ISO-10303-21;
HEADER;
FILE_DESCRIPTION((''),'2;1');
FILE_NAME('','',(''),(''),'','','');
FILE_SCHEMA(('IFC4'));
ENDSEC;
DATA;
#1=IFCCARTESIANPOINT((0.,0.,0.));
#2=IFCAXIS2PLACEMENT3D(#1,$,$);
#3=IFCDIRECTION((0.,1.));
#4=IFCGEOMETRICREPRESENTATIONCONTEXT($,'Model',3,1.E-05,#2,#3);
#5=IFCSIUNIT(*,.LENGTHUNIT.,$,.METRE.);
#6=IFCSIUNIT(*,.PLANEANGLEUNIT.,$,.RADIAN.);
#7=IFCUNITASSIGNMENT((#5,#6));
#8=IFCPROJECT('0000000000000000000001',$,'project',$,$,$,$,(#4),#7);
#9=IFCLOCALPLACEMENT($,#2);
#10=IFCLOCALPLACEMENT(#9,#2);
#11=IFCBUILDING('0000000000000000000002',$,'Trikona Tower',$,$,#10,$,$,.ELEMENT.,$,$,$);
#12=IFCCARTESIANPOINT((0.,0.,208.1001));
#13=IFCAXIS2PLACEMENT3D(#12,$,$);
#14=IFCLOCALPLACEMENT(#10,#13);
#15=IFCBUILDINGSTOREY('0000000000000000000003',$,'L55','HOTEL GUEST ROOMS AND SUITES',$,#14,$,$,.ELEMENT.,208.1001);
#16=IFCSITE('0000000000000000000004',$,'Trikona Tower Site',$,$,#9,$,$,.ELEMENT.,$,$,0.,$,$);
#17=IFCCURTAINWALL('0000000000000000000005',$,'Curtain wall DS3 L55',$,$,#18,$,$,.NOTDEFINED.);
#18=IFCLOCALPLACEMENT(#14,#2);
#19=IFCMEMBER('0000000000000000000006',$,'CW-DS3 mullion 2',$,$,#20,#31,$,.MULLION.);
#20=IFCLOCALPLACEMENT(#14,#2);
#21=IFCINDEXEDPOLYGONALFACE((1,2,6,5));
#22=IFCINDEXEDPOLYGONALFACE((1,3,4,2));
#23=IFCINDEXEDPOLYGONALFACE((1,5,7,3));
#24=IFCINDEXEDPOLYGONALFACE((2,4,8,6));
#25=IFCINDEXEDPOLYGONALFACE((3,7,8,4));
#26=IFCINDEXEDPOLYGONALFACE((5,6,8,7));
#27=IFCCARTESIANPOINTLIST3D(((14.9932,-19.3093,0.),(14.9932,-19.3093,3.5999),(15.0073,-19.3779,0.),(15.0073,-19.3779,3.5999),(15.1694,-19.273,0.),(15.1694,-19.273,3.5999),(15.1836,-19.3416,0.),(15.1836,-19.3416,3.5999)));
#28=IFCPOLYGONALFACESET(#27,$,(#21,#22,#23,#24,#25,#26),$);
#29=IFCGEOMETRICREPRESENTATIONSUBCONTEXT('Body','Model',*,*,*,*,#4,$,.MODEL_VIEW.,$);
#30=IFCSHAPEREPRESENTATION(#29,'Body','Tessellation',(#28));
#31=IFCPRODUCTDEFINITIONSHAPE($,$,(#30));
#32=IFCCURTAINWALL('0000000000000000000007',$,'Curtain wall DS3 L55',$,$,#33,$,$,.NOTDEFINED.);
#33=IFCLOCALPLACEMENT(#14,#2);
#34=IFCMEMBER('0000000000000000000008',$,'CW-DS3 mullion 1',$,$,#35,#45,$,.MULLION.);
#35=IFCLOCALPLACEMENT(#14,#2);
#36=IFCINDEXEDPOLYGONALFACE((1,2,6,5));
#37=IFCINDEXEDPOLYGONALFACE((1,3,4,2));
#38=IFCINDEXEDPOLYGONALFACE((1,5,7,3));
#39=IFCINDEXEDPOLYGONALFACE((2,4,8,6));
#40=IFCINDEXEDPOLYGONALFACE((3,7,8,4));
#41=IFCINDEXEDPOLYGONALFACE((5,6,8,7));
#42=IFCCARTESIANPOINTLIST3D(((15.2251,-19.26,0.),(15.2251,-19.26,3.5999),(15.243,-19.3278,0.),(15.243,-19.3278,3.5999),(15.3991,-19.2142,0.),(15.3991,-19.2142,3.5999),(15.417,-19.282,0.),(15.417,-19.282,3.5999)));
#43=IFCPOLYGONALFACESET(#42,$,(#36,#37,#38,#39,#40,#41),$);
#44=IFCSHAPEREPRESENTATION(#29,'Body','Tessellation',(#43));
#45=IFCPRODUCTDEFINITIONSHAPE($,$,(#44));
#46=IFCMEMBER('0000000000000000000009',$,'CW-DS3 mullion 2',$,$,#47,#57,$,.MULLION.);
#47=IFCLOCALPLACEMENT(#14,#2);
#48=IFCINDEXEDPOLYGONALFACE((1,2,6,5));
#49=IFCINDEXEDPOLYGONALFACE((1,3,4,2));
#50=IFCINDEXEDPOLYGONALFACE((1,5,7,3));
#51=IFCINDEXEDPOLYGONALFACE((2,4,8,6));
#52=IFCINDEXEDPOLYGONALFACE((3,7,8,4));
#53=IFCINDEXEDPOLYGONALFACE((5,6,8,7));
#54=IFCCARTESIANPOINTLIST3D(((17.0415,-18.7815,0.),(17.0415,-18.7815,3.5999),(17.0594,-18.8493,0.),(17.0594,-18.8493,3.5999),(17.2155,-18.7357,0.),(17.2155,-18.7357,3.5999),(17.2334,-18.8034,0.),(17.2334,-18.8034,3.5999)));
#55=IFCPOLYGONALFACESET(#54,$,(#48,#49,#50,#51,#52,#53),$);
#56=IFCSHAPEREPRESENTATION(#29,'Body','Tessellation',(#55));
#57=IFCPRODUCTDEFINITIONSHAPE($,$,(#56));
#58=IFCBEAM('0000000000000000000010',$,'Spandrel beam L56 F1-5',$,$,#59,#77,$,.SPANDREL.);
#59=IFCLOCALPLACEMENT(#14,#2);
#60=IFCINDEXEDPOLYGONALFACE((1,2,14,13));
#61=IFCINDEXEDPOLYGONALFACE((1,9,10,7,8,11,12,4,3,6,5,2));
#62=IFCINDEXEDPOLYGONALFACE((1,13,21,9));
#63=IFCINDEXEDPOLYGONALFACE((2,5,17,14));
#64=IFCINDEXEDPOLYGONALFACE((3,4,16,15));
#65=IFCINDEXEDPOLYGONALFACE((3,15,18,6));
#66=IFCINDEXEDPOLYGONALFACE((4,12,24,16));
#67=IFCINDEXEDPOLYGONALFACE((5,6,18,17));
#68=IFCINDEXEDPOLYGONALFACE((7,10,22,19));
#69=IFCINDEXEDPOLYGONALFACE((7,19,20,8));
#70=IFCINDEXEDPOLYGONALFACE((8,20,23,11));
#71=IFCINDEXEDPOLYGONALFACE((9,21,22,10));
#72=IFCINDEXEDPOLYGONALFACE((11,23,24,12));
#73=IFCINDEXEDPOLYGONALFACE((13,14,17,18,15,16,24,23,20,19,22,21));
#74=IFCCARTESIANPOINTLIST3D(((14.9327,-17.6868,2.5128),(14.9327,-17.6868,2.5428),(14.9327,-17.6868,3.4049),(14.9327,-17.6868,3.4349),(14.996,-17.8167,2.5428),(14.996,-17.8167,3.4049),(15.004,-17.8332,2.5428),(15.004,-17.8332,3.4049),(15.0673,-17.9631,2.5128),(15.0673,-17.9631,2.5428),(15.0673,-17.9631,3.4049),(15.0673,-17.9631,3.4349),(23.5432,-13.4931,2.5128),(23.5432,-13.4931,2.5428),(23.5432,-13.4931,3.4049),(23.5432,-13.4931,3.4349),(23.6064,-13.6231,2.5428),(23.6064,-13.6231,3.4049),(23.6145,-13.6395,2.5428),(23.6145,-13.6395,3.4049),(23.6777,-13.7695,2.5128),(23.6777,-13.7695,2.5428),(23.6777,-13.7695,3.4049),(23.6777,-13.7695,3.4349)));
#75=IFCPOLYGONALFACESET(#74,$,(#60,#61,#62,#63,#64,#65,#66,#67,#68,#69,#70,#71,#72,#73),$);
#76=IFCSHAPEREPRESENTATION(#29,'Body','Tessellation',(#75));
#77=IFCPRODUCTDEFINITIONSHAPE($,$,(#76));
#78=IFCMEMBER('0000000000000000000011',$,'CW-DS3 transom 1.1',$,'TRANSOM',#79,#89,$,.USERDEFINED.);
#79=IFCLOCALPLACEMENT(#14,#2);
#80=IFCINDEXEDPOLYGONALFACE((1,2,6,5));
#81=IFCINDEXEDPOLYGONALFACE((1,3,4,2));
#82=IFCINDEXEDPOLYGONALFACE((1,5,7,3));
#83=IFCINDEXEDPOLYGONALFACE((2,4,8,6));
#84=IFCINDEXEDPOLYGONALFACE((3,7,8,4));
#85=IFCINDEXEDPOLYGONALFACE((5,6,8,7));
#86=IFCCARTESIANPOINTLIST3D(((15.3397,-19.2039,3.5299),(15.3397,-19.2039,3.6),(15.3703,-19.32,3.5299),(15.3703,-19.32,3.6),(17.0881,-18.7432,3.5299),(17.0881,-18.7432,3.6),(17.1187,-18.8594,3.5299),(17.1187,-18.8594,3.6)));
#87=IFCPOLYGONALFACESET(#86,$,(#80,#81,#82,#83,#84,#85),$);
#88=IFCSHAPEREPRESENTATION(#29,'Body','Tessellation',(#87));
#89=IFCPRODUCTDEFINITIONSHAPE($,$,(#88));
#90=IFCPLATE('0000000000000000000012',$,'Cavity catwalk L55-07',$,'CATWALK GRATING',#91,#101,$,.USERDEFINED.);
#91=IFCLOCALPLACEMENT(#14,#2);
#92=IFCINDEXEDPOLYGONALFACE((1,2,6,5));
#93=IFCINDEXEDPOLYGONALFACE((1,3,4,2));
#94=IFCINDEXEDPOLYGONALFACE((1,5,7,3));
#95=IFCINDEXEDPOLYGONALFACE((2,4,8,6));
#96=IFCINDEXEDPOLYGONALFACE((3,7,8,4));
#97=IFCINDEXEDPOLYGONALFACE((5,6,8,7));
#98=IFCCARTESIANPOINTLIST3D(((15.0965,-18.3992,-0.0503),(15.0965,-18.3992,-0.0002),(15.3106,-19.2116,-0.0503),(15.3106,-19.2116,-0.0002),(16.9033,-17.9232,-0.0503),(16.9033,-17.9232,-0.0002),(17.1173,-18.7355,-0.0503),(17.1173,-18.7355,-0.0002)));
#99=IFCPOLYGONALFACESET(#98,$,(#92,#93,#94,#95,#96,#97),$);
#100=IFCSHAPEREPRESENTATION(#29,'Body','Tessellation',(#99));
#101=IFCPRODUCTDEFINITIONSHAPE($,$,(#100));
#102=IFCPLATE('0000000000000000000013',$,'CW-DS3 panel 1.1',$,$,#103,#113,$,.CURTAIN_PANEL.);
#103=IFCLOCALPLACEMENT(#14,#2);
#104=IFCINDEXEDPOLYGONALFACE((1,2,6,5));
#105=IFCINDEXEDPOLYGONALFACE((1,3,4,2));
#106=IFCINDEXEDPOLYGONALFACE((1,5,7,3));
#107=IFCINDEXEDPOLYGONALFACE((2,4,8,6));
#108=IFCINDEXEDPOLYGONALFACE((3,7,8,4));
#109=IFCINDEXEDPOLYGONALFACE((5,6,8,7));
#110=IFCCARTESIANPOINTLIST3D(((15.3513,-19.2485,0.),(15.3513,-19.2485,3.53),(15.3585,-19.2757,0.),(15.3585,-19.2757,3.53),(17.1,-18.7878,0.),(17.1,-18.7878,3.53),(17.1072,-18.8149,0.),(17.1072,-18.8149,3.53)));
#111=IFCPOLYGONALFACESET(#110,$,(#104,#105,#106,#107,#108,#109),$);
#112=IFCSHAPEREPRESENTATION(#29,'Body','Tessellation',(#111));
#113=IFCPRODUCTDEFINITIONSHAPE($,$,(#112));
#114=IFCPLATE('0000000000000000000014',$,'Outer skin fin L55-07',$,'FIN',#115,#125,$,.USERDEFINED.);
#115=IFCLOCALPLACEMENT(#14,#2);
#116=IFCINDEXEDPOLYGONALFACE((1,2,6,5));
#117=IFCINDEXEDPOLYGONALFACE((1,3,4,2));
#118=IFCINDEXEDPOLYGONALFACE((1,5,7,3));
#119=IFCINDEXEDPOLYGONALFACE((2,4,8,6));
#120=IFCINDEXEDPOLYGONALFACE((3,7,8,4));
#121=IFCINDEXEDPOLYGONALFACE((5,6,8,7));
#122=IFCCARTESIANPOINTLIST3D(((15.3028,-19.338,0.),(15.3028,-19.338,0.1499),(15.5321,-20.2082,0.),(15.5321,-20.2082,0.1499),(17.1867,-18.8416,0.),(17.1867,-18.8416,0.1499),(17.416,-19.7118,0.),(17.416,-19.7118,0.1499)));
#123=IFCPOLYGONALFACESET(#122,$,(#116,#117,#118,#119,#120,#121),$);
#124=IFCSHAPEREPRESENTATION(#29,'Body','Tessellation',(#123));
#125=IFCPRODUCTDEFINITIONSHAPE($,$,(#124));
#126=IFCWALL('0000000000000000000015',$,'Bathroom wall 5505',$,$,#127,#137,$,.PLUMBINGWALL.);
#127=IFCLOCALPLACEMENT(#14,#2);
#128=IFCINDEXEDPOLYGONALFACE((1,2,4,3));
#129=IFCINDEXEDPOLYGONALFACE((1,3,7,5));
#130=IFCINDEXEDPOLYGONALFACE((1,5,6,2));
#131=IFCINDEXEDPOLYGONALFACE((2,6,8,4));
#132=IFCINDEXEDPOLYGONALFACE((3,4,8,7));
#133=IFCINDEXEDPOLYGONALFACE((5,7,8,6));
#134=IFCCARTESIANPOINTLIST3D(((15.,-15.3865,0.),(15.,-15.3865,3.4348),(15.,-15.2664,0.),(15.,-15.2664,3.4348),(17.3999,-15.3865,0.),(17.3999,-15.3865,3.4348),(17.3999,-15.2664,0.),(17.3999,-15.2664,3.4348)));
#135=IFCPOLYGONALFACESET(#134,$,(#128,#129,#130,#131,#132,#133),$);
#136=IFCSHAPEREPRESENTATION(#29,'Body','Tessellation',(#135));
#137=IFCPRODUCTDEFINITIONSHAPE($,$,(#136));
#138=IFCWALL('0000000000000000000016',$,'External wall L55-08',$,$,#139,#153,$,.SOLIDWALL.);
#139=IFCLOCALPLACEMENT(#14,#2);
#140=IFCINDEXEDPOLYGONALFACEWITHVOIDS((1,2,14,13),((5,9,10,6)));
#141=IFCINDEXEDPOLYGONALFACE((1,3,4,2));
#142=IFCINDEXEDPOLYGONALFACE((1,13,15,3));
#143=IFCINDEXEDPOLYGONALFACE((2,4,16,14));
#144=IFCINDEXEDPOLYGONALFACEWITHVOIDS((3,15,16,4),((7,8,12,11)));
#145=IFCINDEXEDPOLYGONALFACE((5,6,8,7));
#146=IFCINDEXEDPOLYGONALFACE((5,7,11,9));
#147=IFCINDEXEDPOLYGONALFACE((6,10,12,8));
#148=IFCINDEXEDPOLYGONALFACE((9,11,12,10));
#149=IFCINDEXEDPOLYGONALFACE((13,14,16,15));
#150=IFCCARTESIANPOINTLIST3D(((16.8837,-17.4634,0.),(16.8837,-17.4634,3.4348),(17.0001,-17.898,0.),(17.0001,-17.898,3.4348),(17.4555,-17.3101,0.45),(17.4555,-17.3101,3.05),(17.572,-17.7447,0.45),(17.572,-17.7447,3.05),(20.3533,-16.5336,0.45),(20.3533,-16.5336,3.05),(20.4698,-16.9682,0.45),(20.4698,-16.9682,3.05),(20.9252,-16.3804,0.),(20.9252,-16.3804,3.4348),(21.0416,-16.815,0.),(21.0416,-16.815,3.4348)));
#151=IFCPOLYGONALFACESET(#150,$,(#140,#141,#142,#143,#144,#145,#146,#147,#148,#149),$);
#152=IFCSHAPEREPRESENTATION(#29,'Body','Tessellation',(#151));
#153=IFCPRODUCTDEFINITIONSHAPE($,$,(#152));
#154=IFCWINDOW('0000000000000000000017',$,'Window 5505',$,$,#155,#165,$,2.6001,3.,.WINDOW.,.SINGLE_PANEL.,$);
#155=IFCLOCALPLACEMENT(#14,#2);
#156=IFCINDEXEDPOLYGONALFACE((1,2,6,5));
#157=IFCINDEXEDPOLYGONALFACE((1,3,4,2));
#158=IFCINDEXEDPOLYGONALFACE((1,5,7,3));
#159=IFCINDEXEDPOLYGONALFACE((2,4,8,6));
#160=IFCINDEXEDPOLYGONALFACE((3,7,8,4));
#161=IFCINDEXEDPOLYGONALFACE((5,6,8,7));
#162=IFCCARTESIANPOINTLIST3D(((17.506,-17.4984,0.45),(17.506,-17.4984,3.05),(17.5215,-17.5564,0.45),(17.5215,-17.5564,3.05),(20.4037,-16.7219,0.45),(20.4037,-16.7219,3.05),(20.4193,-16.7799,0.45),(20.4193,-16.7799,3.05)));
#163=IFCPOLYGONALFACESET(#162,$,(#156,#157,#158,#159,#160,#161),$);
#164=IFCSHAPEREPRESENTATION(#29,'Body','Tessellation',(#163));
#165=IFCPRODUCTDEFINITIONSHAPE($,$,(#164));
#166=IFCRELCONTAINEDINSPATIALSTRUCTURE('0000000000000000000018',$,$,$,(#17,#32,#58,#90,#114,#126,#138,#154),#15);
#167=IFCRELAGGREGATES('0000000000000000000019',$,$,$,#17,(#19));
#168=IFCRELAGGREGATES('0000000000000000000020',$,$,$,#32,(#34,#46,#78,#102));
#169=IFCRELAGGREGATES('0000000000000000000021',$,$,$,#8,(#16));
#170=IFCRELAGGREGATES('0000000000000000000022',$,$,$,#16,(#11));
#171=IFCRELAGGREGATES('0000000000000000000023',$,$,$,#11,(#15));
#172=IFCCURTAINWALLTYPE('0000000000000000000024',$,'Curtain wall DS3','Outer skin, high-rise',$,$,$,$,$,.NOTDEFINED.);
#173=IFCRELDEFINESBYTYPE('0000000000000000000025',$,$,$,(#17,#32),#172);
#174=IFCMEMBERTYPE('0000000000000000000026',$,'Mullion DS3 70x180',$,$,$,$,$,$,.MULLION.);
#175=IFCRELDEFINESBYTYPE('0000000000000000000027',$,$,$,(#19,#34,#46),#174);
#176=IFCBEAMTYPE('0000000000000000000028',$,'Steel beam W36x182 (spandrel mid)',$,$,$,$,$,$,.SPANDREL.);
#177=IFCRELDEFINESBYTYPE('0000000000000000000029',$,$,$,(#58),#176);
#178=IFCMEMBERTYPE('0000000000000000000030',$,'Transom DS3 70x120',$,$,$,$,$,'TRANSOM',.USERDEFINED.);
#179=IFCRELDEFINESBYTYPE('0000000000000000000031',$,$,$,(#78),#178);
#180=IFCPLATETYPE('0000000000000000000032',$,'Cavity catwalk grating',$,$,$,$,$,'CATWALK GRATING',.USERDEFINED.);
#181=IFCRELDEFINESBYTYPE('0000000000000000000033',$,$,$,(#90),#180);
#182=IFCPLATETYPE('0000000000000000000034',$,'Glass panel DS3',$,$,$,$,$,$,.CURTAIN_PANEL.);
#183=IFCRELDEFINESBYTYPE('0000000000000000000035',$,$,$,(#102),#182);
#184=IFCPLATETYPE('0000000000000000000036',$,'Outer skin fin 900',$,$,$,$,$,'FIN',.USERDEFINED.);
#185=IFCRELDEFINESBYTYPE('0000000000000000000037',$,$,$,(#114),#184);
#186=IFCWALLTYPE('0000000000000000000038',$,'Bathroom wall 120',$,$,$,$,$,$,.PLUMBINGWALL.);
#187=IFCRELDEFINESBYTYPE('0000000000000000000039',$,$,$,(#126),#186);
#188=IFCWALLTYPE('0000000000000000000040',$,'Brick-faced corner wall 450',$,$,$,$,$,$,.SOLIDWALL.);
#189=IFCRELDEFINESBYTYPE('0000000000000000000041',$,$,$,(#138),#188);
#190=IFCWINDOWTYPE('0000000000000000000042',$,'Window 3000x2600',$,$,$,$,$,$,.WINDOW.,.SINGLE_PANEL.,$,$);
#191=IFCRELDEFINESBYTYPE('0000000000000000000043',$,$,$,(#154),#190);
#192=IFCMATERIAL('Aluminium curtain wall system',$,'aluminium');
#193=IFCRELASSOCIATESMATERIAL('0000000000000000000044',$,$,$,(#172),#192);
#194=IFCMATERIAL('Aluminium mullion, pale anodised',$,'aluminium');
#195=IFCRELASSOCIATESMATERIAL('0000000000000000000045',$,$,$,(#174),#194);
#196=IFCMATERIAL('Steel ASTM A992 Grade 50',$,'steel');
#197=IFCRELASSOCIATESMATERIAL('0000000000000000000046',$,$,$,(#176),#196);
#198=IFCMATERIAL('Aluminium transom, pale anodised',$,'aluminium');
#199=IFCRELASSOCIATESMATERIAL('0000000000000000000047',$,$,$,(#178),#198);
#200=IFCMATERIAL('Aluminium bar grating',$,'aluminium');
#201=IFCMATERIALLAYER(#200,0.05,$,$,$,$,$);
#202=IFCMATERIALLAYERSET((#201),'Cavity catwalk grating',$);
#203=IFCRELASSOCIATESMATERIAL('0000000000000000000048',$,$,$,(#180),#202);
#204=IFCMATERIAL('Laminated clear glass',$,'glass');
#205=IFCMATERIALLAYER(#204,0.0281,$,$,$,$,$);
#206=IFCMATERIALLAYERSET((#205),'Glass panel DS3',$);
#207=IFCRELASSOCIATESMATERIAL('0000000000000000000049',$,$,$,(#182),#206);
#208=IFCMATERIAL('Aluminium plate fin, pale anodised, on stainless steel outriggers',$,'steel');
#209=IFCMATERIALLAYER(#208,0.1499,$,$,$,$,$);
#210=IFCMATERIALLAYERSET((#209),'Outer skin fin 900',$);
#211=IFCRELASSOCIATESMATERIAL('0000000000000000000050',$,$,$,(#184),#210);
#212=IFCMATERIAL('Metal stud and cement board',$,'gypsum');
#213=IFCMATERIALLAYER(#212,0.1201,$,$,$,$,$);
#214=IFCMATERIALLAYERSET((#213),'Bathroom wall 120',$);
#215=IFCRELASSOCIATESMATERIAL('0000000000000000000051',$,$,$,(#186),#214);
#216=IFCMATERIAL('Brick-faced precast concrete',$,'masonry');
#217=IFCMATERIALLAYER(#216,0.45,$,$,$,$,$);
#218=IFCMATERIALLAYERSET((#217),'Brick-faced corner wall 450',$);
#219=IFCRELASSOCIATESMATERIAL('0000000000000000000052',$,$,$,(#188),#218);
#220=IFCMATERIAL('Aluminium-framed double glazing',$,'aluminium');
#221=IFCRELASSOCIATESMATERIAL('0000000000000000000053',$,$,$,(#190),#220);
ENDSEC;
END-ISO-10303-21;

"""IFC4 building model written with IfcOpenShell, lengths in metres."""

from ifc_helpers import new_model, si_unit, direction, frame, frame_2d, origin, origin_2d, place, context, subcontext, project, spatial, rectangle, i_section, extrude, material, layer, layer_set, material_profile, profile_set, type_object, element, fill, aggregate, save


model = new_model("IFC4")

# Units and contexts
model_context = context("Model", 3, precision=1e-05, world=origin(), true_north=direction((0.0, 1.0)))
body_context = subcontext(model_context, "Body", "Model", "MODEL_VIEW")
ifc_project = project(units=[si_unit("LENGTHUNIT", "METRE"), si_unit("PLANEANGLEUNIT", "RADIAN")], contexts=[model_context])

# Site, building, storey
site_placement = place(None, origin())
site = spatial("IfcSite", under=ifc_project, at=site_placement, Name="Trikona Tower Site", CompositionType="ELEMENT", RefElevation=0.0)
building_placement = place(site_placement, origin())
building = spatial("IfcBuilding", under=site, at=building_placement, Name="Trikona Tower", CompositionType="ELEMENT")
storey_placement = place(building_placement, frame((0.0, 0.0, 208.1001)))
storey = spatial("IfcBuildingStorey", under=building, at=storey_placement, Name="L55", Description="HOTEL GUEST ROOMS AND SUITES", CompositionType="ELEMENT", Elevation=208.1001)

# Curtain wall, member
ifc_material_1 = material(Name="Aluminium curtain wall system", Category="aluminium")
curtain_wall_type = type_object("IfcCurtainWallType", Name="Curtain wall DS3", Description="Outer skin, high-rise", PredefinedType="NOTDEFINED", material=ifc_material_1)
curtain_wall_1_placement = place(storey_placement, origin())
curtain_wall_1 = element("IfcCurtainWall", 1, at=curtain_wall_1_placement, inside=storey, type_object=curtain_wall_type, Name="Curtain wall DS3 L55", PredefinedType="NOTDEFINED")
ifc_material_2 = material(Name="Aluminium mullion, pale anodised", Category="aluminium")
ifc_material_profile_1 = material_profile(ifc_material_2, rectangle(XDim=0.0701, YDim=0.1799, at=origin_2d()), Name="MUL-DS3")
ifc_profile_set_1 = profile_set([ifc_material_profile_1], Name="Aluminium mullion, pale anodised")
member_type_1 = type_object("IfcMemberType", Name="Mullion DS3 70x180", PredefinedType="MULLION", material=ifc_profile_set_1)
member_1_placement = place(storey_placement, frame((15.0884, -19.3254, 0.0), z_axis=(0.0, 0.0, 1.0), x_axis=(-0.201653, 0.979457, 0.0)))
member_1 = element("IfcMember", 2, at=member_1_placement, type_object=member_type_1, Name="CW-DS3 mullion 2", PredefinedType="MULLION", context=body_context, shape_type="SweptSolid", body=[
    extrude(rectangle(XDim=0.0701, YDim=0.1799, at=origin_2d()), origin(), (0.0, 0.0, 1.0), 3.5999),
])
aggregate(curtain_wall_1, [member_1])

# Curtain wall, members
curtain_wall_2_placement = place(storey_placement, origin())
curtain_wall_2 = element("IfcCurtainWall", 3, at=curtain_wall_2_placement, inside=storey, type_object=curtain_wall_type, Name="Curtain wall DS3 L55", PredefinedType="NOTDEFINED")
member_2_placement = place(storey_placement, frame((15.321, -19.271, 0.0), z_axis=(0.0, 0.0, 1.0), x_axis=(-0.254786, 0.966997, 0.0)))
member_2 = element("IfcMember", 4, at=member_2_placement, type_object=member_type_1, Name="CW-DS3 mullion 1", PredefinedType="MULLION", context=body_context, shape_type="SweptSolid", body=[
    extrude(rectangle(XDim=0.0701, YDim=0.1799, at=origin_2d()), origin(), (0.0, 0.0, 1.0), 3.5999),
])
member_3_placement = place(storey_placement, frame((17.1375, -18.7925, 0.0), z_axis=(0.0, 0.0, 1.0), x_axis=(-0.254786, 0.966997, 0.0)))
member_3 = element("IfcMember", 5, at=member_3_placement, type_object=member_type_1, Name="CW-DS3 mullion 2", PredefinedType="MULLION", context=body_context, shape_type="SweptSolid", body=[
    extrude(rectangle(XDim=0.0701, YDim=0.1799, at=origin_2d()), origin(), (0.0, 0.0, 1.0), 3.5999),
])

# Beam
ifc_material_3 = material(Name="Steel ASTM A992 Grade 50", Category="steel")
ifc_material_profile_2 = material_profile(ifc_material_3, i_section(OverallWidth=0.3074, OverallDepth=0.9221, WebThickness=0.0183, FlangeThickness=0.03, at=origin_2d()), Name="W36X182")
ifc_profile_set_2 = profile_set([ifc_material_profile_2], Name="Steel ASTM A992 Grade 50")
beam_type = type_object("IfcBeamType", Name="Steel beam W36x182 (spandrel mid)", PredefinedType="SPANDREL", material=ifc_profile_set_2)
beam_placement = place(storey_placement, frame((15.0, -17.825, 2.9739), z_axis=(0.899039, 0.43787, 0.0), x_axis=(-0.43787, 0.899039, 0.0)))
element("IfcBeam", 6, at=beam_placement, inside=storey, type_object=beam_type, Name="Spandrel beam L56 F1-5", PredefinedType="SPANDREL", context=body_context, shape_type="SweptSolid", body=[
    extrude(i_section(OverallWidth=0.3074, OverallDepth=0.9221, WebThickness=0.0183, FlangeThickness=0.03, at=origin_2d()), origin(), (0.0, 0.0, 1.0), 9.5774),
])

# Member
ifc_material_4 = material(Name="Aluminium transom, pale anodised", Category="aluminium")
ifc_material_profile_3 = material_profile(ifc_material_4, rectangle(XDim=0.1201, YDim=0.0701, at=origin_2d()), Name="TRN-DS3")
ifc_profile_set_3 = profile_set([ifc_material_profile_3], Name="Aluminium transom, pale anodised")
member_type_2 = type_object("IfcMemberType", Name="Transom DS3 70x120", ElementType="TRANSOM", PredefinedType="USERDEFINED", material=ifc_profile_set_3)
member_4_placement = place(storey_placement, frame((15.355, -19.262, 3.5649), z_axis=(0.966999, 0.254779, 0.0), x_axis=(-0.254779, 0.966999, 0.0)))
member_4 = element("IfcMember", 7, at=member_4_placement, type_object=member_type_2, Name="CW-DS3 transom 1.1", ObjectType="TRANSOM", PredefinedType="USERDEFINED", context=body_context, shape_type="SweptSolid", body=[
    extrude(rectangle(XDim=0.1201, YDim=0.0701, at=origin_2d()), origin(), (0.0, 0.0, 1.0), 1.8081),
])

# Plates
ifc_material_5 = material(Name="Aluminium bar grating", Category="aluminium")
ifc_layer_1 = layer(ifc_material_5, 0.05)
ifc_layer_set_1 = layer_set([ifc_layer_1], Name="Cavity catwalk grating")
plate_type_1 = type_object("IfcPlateType", Name="Cavity catwalk grating", ElementType="CATWALK GRATING", PredefinedType="USERDEFINED", material=ifc_layer_set_1)
plate_1_placement = place(storey_placement, frame((16.1069, -18.5674, -0.0503), z_axis=(0.0, 0.0, 1.0), x_axis=(0.966993, 0.254803, 0.0)))
element("IfcPlate", 8, at=plate_1_placement, inside=storey, type_object=plate_type_1, Name="Cavity catwalk L55-07", ObjectType="CATWALK GRATING", PredefinedType="USERDEFINED", context=body_context, shape_type="SweptSolid", body=[
    extrude(rectangle(XDim=1.8684, YDim=0.8401, at=origin_2d()), origin(), (0.0, 0.0, 1.0), 0.05),
])
ifc_material_6 = material(Name="Laminated clear glass", Category="glass")
ifc_layer_2 = layer(ifc_material_6, 0.0281)
ifc_layer_set_2 = layer_set([ifc_layer_2], Name="Glass panel DS3")
plate_type_2 = type_object("IfcPlateType", Name="Glass panel DS3", PredefinedType="CURTAIN_PANEL", material=ifc_layer_set_2)
plate_2_placement = place(storey_placement, frame((16.2292, -19.0317, 0.0), z_axis=(0.0, 0.0, 1.0), x_axis=(0.966997, 0.254786, 0.0)))
plate_2 = element("IfcPlate", 9, at=plate_2_placement, type_object=plate_type_2, Name="CW-DS3 panel 1.1", PredefinedType="CURTAIN_PANEL", context=body_context, shape_type="SweptSolid", body=[
    extrude(rectangle(XDim=1.8083, YDim=0.0281, at=origin_2d()), origin(), (0.0, 0.0, 1.0), 3.53),
])
aggregate(curtain_wall_2, [member_2, member_3, member_4, plate_2])
ifc_material_7 = material(Name="Aluminium plate fin, pale anodised, on stainless steel outriggers", Category="steel")
ifc_layer_3 = layer(ifc_material_7, 0.1499)
ifc_layer_set_3 = layer_set([ifc_layer_3], Name="Outer skin fin 900")
plate_type_3 = type_object("IfcPlateType", Name="Outer skin fin 900", ElementType="FIN", PredefinedType="USERDEFINED", material=ifc_layer_set_3)
plate_3_placement = place(storey_placement, frame((16.3594, -19.5249, 0.0), z_axis=(0.0, 0.0, 1.0), x_axis=(0.966993, 0.254803, 0.0)))
element("IfcPlate", 10, at=plate_3_placement, inside=storey, type_object=plate_type_3, Name="Outer skin fin L55-07", ObjectType="FIN", PredefinedType="USERDEFINED", context=body_context, shape_type="SweptSolid", body=[
    extrude(rectangle(XDim=1.9482, YDim=0.8999, at=origin_2d()), origin(), (0.0, 0.0, 1.0), 0.1499),
])

# Wall
ifc_material_8 = material(Name="Metal stud and cement board", Category="gypsum")
ifc_layer_4 = layer(ifc_material_8, 0.1201)
ifc_layer_set_4 = layer_set([ifc_layer_4], Name="Bathroom wall 120")
wall_type_1 = type_object("IfcWallType", Name="Bathroom wall 120", PredefinedType="PLUMBINGWALL", material=ifc_layer_set_4)
wall_1_placement = place(storey_placement, frame((15.0, -15.3264, 0.0), z_axis=(0.0, 0.0, 1.0), x_axis=(1.0, 0.0, 0.0)))
element("IfcWall", 11, at=wall_1_placement, inside=storey, type_object=wall_type_1, Name="Bathroom wall 5505", PredefinedType="PLUMBINGWALL", context=body_context, shape_type="SweptSolid", body=[
    extrude(rectangle(XDim=2.3999, YDim=0.1201, at=frame_2d((1.2, 0.0))), origin(), (0.0, 0.0, 1.0), 3.4348),
])

# Wall, opening, window
ifc_material_9 = material(Name="Brick-faced precast concrete", Category="masonry")
ifc_layer_5 = layer(ifc_material_9, 0.45)
ifc_layer_set_5 = layer_set([ifc_layer_5], Name="Brick-faced corner wall 450")
wall_type_2 = type_object("IfcWallType", Name="Brick-faced corner wall 450", PredefinedType="SOLIDWALL", material=ifc_layer_set_5)
wall_2_placement = place(storey_placement, frame((16.9419, -17.6807, 0.0), z_axis=(0.0, 0.0, 1.0), x_axis=(0.96592, 0.258839, 0.0)))
wall_2 = element("IfcWall", 12, at=wall_2_placement, inside=storey, type_object=wall_type_2, Name="External wall L55-08", PredefinedType="SOLIDWALL", context=body_context, shape_type="SweptSolid", body=[
    extrude(rectangle(XDim=4.1841, YDim=0.45, at=frame_2d((2.092, 0.0))), origin(), (0.0, 0.0, 1.0), 3.4348),
])
opening_1_placement = place(wall_2_placement, frame((0.592, 0.0, 0.45)))
opening_1 = element("IfcOpeningElement", 13, at=opening_1_placement, cuts=wall_2, PredefinedType="OPENING", context=body_context, shape_type="SweptSolid", body=[
    extrude(rectangle(XDim=3.0, YDim=2.6001, at=frame_2d((1.5, 1.3))), frame((0.0, 0.2349, 0.0), z_axis=(0.0, -1.0, 0.0), x_axis=(1.0, 0.0, 0.0)), (0.0, 0.0, 1.0), 0.47),
])
ifc_material_10 = material(Name="Aluminium-framed double glazing", Category="aluminium")
window_type_1 = type_object("IfcWindowType", Name="Window 3000x2600", PartitioningType="SINGLE_PANEL", PredefinedType="WINDOW", material=ifc_material_10)
window_1_placement = place(opening_1_placement, origin())
window_1 = element("IfcWindow", 14, at=window_1_placement, inside=storey, type_object=window_type_1, Name="Window 5505", OverallHeight=2.6001, OverallWidth=3.0, PartitioningType="SINGLE_PANEL", PredefinedType="WINDOW", context=body_context, shape_type="SweptSolid", body=[
    extrude(rectangle(XDim=3.0, YDim=2.6001, at=frame_2d((1.5, 1.3))), frame((0.0, 0.03, 0.0), z_axis=(0.0, -1.0, 0.0), x_axis=(1.0, 0.0, 0.0)), (0.0, 0.0, 1.0), 0.0601),
])
fill(opening_1, window_1)

save(model, "model.ifc")
